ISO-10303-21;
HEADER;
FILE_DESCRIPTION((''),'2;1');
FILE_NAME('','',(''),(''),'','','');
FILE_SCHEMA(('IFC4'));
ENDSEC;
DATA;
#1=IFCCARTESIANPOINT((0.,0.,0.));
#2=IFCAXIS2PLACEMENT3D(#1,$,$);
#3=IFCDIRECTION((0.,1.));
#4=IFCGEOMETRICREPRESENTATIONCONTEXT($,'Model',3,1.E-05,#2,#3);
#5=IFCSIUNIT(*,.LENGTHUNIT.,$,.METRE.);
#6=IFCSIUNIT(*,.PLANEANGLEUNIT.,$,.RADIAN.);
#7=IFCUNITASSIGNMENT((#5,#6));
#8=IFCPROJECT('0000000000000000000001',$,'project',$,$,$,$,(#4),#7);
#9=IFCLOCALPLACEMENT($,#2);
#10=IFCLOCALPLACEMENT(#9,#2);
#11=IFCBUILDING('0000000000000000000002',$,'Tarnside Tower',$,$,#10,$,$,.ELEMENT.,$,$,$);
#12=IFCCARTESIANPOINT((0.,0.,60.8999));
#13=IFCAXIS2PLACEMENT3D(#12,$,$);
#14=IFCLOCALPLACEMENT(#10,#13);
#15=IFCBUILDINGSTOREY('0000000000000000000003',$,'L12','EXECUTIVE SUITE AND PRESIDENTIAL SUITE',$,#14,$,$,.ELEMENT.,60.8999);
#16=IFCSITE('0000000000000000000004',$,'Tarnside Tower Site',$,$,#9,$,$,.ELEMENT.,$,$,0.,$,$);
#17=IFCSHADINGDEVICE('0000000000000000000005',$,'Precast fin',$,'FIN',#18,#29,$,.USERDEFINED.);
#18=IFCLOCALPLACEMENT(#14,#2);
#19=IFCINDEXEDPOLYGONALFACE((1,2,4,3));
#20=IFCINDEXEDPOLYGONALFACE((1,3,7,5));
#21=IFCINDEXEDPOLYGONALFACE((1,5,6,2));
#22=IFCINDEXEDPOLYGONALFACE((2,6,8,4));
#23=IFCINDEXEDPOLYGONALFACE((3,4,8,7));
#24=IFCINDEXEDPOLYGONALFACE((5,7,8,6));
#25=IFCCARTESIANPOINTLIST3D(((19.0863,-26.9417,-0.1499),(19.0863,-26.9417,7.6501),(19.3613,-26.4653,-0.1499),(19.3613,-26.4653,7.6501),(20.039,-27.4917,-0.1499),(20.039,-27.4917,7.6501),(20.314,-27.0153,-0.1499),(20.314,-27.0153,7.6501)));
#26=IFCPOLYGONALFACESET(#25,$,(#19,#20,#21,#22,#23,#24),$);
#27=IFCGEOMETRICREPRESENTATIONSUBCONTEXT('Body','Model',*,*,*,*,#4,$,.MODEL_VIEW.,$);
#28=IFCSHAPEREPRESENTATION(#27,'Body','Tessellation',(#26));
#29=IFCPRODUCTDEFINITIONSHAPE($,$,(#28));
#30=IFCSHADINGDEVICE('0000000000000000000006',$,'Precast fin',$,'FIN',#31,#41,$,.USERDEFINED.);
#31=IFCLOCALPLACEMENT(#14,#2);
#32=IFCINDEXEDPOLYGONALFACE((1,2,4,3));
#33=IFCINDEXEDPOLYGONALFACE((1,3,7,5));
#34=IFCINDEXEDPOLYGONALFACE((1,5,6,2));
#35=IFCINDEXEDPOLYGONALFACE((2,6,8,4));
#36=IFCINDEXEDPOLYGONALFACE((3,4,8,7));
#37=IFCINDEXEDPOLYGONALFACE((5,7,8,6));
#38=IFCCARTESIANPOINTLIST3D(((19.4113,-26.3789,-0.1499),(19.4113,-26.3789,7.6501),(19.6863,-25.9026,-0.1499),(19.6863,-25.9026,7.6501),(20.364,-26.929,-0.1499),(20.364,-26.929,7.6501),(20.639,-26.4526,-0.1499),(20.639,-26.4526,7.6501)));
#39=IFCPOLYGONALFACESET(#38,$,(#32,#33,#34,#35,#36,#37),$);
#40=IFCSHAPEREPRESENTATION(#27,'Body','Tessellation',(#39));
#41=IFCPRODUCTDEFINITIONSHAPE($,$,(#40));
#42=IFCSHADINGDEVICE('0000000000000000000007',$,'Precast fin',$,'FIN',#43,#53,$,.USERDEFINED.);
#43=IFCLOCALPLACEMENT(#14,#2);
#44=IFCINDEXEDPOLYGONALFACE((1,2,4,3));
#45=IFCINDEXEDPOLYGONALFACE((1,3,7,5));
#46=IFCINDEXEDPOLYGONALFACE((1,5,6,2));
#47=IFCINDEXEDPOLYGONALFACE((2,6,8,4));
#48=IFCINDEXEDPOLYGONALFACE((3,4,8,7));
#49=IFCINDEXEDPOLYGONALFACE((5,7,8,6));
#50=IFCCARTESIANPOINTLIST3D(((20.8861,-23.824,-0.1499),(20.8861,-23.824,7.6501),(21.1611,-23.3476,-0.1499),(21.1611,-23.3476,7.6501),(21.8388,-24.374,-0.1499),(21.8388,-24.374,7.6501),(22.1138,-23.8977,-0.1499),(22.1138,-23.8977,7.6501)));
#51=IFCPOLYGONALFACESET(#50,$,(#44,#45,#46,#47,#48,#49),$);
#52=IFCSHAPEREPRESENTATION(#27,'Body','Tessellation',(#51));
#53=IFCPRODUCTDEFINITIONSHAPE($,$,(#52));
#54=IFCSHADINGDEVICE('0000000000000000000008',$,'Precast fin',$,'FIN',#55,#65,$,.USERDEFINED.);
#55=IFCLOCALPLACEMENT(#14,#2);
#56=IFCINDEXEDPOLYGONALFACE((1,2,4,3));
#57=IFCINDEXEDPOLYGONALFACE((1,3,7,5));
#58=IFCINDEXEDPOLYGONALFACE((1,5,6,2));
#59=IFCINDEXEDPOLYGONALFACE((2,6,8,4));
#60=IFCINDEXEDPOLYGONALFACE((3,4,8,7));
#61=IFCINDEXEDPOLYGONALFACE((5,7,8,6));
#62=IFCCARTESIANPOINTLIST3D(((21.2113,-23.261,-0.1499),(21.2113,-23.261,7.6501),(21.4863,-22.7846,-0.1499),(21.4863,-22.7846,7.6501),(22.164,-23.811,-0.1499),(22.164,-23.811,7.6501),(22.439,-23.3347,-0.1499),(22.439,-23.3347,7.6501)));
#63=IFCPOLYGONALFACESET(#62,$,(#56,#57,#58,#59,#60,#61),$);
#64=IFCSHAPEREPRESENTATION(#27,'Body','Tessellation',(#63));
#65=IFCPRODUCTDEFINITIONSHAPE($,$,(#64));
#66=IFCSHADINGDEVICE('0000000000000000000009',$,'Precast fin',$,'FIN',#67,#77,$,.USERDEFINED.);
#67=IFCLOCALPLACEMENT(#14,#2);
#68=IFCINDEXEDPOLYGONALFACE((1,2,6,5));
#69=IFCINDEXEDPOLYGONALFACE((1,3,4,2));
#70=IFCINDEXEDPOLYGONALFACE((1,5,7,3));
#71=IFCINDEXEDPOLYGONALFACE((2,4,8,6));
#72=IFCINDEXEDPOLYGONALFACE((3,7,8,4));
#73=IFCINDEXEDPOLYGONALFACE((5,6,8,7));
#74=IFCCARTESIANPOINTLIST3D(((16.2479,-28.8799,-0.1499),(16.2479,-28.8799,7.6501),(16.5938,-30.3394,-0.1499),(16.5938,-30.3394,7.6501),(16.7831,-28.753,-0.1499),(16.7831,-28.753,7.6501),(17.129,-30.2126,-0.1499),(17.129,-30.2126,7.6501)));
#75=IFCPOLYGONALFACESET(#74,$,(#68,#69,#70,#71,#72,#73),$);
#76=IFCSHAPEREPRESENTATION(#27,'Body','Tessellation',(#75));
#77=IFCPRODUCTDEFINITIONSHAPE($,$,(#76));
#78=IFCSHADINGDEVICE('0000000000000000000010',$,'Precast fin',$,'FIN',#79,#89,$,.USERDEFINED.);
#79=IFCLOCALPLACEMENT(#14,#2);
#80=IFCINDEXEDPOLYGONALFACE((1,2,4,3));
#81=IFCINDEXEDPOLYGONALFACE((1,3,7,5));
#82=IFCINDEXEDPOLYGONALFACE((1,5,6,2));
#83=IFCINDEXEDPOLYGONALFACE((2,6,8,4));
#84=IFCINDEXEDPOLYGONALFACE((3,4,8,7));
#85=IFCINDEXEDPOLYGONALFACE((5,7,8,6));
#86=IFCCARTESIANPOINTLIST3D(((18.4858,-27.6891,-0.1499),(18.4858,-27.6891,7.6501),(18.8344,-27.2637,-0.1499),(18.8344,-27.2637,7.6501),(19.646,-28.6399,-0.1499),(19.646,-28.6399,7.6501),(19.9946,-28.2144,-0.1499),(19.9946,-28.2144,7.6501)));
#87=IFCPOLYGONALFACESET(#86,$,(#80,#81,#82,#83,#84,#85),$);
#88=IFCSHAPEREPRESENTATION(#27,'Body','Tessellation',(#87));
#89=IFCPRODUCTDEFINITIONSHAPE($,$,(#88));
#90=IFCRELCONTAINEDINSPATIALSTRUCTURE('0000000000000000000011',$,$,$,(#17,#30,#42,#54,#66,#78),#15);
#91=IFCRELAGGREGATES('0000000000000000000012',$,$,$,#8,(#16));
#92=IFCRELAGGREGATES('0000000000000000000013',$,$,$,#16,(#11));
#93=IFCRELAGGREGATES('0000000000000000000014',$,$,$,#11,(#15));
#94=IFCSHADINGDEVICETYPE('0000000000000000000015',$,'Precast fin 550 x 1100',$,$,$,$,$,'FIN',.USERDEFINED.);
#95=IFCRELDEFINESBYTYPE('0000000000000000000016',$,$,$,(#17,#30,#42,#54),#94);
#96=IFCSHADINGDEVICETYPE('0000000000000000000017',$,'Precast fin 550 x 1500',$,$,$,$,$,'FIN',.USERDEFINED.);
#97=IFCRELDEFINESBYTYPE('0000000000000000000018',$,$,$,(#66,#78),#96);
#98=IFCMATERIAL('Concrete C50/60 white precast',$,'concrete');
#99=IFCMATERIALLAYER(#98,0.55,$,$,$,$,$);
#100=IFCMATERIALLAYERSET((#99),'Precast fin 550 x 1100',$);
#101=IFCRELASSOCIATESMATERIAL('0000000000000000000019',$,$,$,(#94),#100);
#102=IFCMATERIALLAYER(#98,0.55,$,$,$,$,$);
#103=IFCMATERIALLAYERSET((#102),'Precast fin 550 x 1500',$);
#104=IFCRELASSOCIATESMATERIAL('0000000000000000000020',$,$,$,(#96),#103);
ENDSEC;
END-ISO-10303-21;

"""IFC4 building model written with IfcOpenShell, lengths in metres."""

from ifc_helpers import new_model, si_unit, direction, frame, origin, place, context, subcontext, project, spatial, polyline, outline, extrude, material, layer, layer_set, type_object, element, save


model = new_model("IFC4")

# Units and contexts
model_context = context("Model", 3, precision=1e-05, world=origin(), true_north=direction((0.0, 1.0)))
body_context = subcontext(model_context, "Body", "Model", "MODEL_VIEW")
ifc_project = project(units=[si_unit("LENGTHUNIT", "METRE"), si_unit("PLANEANGLEUNIT", "RADIAN")], contexts=[model_context])

# Site, building, storey
site_placement = place(None, origin())
site = spatial("IfcSite", under=ifc_project, at=site_placement, Name="Tarnside Tower Site", CompositionType="ELEMENT", RefElevation=0.0)
building_placement = place(site_placement, origin())
building = spatial("IfcBuilding", under=site, at=building_placement, Name="Tarnside Tower", CompositionType="ELEMENT")
storey_placement = place(building_placement, frame((0.0, 0.0, 60.8999)))
storey = spatial("IfcBuildingStorey", under=building, at=storey_placement, Name="L12", Description="EXECUTIVE SUITE AND PRESIDENTIAL SUITE", CompositionType="ELEMENT", Elevation=60.8999)

# Shading devices
ifc_material_1 = material(Name="Concrete C50/60 white precast", Category="concrete")
ifc_layer_1 = layer(ifc_material_1, 0.55)
ifc_layer_set_1 = layer_set([ifc_layer_1], Name="Precast fin 550 x 1100")
shading_device_type_1 = type_object("IfcShadingDeviceType", Name="Precast fin 550 x 1100", ElementType="FIN", PredefinedType="USERDEFINED", material=ifc_layer_set_1)
for number, where, z_axis, x_axis, name in (
    (1, (19.2239, -26.7034, -0.1499), (-0.5, -0.866025, 0.0), (0.866025, -0.5, 0.0), "Precast fin"),
    (2, (19.5488, -26.1406, -0.1499), (-0.5, -0.866025, 0.0), (0.866025, -0.5, 0.0), "Precast fin"),
    (3, (21.0237, -23.5857, -0.1499), (-0.5, -0.866025, 0.0), (0.866025, -0.5, 0.0), "Precast fin"),
    (4, (21.3489, -23.0227, -0.1499), (-0.5, -0.866025, 0.0), (0.866025, -0.5, 0.0), "Precast fin"),
):
    element("IfcShadingDevice", number, at=place(storey_placement, frame(where, z_axis=z_axis, x_axis=x_axis)), inside=storey, type_object=shading_device_type_1, Name=name, ObjectType="FIN", PredefinedType="USERDEFINED", context=body_context, shape_type="SweptSolid", body=[
        extrude(outline(polyline([(0.0, 0.0), (1.1001, 0.0), (1.1001, 7.8), (0.0, 7.8), (0.0, 0.0)])), frame((0.0, 0.0, -0.2749)), (0.0, 0.0, 1.0), 0.55),
    ])
ifc_layer_2 = layer(ifc_material_1, 0.55)
ifc_layer_set_2 = layer_set([ifc_layer_2], Name="Precast fin 550 x 1500")
shading_device_type_2 = type_object("IfcShadingDeviceType", Name="Precast fin 550 x 1500", ElementType="FIN", PredefinedType="USERDEFINED", material=ifc_layer_set_2)
for number, where, z_axis, x_axis, name in (
    (5, (16.5156, -28.8164, -0.1499), (-0.973045, -0.230616, 0.0), (0.230616, -0.973045, 0.0), "Precast fin"),
    (6, (18.6602, -27.4763, -0.1499), (-0.633831, -0.773472, 0.0), (0.773472, -0.633831, 0.0), "Precast fin"),
):
    element("IfcShadingDevice", number, at=place(storey_placement, frame(where, z_axis=z_axis, x_axis=x_axis)), inside=storey, type_object=shading_device_type_2, Name=name, ObjectType="FIN", PredefinedType="USERDEFINED", context=body_context, shape_type="SweptSolid", body=[
        extrude(outline(polyline([(0.0, 0.0), (1.5, 0.0), (1.5, 7.8), (0.0, 7.8), (0.0, 0.0)])), frame((0.0, 0.0, -0.2749)), (0.0, 0.0, 1.0), 0.55),
    ])

save(model, "model.ifc")
